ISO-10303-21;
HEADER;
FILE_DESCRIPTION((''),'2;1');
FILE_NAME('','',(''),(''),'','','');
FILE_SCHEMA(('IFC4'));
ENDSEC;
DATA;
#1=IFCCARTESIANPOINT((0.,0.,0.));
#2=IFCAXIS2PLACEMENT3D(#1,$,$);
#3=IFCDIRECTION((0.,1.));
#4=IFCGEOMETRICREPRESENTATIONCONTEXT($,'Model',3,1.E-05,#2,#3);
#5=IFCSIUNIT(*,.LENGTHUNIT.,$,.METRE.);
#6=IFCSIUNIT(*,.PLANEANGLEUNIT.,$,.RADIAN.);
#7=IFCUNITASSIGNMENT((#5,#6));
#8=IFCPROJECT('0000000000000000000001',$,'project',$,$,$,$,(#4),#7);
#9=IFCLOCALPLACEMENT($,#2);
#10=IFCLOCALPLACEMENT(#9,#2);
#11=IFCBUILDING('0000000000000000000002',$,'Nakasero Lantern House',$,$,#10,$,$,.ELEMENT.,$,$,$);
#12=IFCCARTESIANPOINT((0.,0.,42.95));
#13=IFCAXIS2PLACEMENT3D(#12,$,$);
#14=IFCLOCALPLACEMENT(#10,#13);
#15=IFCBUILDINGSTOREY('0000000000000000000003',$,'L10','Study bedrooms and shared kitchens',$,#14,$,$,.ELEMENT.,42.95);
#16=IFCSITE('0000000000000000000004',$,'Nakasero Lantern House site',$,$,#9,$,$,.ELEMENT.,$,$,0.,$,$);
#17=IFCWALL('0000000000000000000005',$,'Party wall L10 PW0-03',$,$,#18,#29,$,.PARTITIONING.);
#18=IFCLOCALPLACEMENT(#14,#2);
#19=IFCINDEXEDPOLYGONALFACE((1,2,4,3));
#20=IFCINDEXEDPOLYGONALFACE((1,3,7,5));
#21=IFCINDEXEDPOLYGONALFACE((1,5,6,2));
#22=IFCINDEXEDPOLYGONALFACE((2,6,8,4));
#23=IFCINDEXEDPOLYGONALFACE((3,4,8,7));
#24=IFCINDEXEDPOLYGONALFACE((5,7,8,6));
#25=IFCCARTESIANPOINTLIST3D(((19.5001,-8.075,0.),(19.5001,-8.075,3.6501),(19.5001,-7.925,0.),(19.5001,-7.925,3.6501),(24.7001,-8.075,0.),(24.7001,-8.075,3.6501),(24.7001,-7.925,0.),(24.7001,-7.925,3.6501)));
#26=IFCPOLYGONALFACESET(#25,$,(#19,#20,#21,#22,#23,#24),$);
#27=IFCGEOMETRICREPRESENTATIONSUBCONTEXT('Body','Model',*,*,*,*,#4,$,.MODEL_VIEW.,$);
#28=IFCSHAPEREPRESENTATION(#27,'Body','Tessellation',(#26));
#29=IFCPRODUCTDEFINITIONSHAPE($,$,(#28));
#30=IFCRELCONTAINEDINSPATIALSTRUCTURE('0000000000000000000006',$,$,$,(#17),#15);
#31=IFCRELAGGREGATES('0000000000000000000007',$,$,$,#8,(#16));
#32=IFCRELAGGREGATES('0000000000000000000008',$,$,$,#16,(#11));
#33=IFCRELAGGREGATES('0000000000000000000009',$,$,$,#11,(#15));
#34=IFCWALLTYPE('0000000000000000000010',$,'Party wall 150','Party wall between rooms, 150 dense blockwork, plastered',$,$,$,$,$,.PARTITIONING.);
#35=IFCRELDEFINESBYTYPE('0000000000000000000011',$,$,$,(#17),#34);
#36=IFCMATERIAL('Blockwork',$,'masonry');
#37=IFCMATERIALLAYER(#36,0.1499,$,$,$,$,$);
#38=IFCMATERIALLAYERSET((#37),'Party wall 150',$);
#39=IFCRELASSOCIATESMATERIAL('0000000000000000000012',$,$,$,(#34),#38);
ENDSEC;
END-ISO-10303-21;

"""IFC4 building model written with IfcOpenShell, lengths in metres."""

from ifc_helpers import new_model, si_unit, direction, frame, frame_2d, origin, place, context, subcontext, project, spatial, rectangle, extrude, material, layer, layer_set, type_object, element, save


model = new_model("IFC4")

# Units and contexts
model_context = context("Model", 3, precision=1e-05, world=origin(), true_north=direction((0.0, 1.0)))
body_context = subcontext(model_context, "Body", "Model", "MODEL_VIEW")
ifc_project = project(units=[si_unit("LENGTHUNIT", "METRE"), si_unit("PLANEANGLEUNIT", "RADIAN")], contexts=[model_context])

# Site, building, storey
site_placement = place(None, origin())
site = spatial("IfcSite", under=ifc_project, at=site_placement, Name="Nakasero Lantern House site", CompositionType="ELEMENT", RefElevation=0.0)
building_placement = place(site_placement, origin())
building = spatial("IfcBuilding", under=site, at=building_placement, Name="Nakasero Lantern House", CompositionType="ELEMENT")
storey_placement = place(building_placement, frame((0.0, 0.0, 42.95)))
storey = spatial("IfcBuildingStorey", under=building, at=storey_placement, Name="L10", Description="Study bedrooms and shared kitchens", CompositionType="ELEMENT", Elevation=42.95)

# Wall
ifc_material_1 = material(Name="Blockwork", Category="masonry")
ifc_layer_1 = layer(ifc_material_1, 0.1499)
ifc_layer_set_1 = layer_set([ifc_layer_1], Name="Party wall 150")
wall_type_1 = type_object("IfcWallType", Name="Party wall 150", Description="Party wall between rooms, 150 dense blockwork, plastered", PredefinedType="PARTITIONING", material=ifc_layer_set_1)
wall_1_placement = place(storey_placement, frame((19.5, -8.0, 0.0), z_axis=(0.0, 0.0, 1.0), x_axis=(1.0, 0.0, 0.0)))
element("IfcWall", 1, at=wall_1_placement, inside=storey, type_object=wall_type_1, Name="Party wall L10 PW0-03", PredefinedType="PARTITIONING", context=body_context, shape_type="SweptSolid", body=[
    extrude(rectangle(XDim=5.2, YDim=0.1499, at=frame_2d((2.6001, 0.0))), origin(), (0.0, 0.0, 1.0), 3.6501),
])

save(model, "model.ifc")
